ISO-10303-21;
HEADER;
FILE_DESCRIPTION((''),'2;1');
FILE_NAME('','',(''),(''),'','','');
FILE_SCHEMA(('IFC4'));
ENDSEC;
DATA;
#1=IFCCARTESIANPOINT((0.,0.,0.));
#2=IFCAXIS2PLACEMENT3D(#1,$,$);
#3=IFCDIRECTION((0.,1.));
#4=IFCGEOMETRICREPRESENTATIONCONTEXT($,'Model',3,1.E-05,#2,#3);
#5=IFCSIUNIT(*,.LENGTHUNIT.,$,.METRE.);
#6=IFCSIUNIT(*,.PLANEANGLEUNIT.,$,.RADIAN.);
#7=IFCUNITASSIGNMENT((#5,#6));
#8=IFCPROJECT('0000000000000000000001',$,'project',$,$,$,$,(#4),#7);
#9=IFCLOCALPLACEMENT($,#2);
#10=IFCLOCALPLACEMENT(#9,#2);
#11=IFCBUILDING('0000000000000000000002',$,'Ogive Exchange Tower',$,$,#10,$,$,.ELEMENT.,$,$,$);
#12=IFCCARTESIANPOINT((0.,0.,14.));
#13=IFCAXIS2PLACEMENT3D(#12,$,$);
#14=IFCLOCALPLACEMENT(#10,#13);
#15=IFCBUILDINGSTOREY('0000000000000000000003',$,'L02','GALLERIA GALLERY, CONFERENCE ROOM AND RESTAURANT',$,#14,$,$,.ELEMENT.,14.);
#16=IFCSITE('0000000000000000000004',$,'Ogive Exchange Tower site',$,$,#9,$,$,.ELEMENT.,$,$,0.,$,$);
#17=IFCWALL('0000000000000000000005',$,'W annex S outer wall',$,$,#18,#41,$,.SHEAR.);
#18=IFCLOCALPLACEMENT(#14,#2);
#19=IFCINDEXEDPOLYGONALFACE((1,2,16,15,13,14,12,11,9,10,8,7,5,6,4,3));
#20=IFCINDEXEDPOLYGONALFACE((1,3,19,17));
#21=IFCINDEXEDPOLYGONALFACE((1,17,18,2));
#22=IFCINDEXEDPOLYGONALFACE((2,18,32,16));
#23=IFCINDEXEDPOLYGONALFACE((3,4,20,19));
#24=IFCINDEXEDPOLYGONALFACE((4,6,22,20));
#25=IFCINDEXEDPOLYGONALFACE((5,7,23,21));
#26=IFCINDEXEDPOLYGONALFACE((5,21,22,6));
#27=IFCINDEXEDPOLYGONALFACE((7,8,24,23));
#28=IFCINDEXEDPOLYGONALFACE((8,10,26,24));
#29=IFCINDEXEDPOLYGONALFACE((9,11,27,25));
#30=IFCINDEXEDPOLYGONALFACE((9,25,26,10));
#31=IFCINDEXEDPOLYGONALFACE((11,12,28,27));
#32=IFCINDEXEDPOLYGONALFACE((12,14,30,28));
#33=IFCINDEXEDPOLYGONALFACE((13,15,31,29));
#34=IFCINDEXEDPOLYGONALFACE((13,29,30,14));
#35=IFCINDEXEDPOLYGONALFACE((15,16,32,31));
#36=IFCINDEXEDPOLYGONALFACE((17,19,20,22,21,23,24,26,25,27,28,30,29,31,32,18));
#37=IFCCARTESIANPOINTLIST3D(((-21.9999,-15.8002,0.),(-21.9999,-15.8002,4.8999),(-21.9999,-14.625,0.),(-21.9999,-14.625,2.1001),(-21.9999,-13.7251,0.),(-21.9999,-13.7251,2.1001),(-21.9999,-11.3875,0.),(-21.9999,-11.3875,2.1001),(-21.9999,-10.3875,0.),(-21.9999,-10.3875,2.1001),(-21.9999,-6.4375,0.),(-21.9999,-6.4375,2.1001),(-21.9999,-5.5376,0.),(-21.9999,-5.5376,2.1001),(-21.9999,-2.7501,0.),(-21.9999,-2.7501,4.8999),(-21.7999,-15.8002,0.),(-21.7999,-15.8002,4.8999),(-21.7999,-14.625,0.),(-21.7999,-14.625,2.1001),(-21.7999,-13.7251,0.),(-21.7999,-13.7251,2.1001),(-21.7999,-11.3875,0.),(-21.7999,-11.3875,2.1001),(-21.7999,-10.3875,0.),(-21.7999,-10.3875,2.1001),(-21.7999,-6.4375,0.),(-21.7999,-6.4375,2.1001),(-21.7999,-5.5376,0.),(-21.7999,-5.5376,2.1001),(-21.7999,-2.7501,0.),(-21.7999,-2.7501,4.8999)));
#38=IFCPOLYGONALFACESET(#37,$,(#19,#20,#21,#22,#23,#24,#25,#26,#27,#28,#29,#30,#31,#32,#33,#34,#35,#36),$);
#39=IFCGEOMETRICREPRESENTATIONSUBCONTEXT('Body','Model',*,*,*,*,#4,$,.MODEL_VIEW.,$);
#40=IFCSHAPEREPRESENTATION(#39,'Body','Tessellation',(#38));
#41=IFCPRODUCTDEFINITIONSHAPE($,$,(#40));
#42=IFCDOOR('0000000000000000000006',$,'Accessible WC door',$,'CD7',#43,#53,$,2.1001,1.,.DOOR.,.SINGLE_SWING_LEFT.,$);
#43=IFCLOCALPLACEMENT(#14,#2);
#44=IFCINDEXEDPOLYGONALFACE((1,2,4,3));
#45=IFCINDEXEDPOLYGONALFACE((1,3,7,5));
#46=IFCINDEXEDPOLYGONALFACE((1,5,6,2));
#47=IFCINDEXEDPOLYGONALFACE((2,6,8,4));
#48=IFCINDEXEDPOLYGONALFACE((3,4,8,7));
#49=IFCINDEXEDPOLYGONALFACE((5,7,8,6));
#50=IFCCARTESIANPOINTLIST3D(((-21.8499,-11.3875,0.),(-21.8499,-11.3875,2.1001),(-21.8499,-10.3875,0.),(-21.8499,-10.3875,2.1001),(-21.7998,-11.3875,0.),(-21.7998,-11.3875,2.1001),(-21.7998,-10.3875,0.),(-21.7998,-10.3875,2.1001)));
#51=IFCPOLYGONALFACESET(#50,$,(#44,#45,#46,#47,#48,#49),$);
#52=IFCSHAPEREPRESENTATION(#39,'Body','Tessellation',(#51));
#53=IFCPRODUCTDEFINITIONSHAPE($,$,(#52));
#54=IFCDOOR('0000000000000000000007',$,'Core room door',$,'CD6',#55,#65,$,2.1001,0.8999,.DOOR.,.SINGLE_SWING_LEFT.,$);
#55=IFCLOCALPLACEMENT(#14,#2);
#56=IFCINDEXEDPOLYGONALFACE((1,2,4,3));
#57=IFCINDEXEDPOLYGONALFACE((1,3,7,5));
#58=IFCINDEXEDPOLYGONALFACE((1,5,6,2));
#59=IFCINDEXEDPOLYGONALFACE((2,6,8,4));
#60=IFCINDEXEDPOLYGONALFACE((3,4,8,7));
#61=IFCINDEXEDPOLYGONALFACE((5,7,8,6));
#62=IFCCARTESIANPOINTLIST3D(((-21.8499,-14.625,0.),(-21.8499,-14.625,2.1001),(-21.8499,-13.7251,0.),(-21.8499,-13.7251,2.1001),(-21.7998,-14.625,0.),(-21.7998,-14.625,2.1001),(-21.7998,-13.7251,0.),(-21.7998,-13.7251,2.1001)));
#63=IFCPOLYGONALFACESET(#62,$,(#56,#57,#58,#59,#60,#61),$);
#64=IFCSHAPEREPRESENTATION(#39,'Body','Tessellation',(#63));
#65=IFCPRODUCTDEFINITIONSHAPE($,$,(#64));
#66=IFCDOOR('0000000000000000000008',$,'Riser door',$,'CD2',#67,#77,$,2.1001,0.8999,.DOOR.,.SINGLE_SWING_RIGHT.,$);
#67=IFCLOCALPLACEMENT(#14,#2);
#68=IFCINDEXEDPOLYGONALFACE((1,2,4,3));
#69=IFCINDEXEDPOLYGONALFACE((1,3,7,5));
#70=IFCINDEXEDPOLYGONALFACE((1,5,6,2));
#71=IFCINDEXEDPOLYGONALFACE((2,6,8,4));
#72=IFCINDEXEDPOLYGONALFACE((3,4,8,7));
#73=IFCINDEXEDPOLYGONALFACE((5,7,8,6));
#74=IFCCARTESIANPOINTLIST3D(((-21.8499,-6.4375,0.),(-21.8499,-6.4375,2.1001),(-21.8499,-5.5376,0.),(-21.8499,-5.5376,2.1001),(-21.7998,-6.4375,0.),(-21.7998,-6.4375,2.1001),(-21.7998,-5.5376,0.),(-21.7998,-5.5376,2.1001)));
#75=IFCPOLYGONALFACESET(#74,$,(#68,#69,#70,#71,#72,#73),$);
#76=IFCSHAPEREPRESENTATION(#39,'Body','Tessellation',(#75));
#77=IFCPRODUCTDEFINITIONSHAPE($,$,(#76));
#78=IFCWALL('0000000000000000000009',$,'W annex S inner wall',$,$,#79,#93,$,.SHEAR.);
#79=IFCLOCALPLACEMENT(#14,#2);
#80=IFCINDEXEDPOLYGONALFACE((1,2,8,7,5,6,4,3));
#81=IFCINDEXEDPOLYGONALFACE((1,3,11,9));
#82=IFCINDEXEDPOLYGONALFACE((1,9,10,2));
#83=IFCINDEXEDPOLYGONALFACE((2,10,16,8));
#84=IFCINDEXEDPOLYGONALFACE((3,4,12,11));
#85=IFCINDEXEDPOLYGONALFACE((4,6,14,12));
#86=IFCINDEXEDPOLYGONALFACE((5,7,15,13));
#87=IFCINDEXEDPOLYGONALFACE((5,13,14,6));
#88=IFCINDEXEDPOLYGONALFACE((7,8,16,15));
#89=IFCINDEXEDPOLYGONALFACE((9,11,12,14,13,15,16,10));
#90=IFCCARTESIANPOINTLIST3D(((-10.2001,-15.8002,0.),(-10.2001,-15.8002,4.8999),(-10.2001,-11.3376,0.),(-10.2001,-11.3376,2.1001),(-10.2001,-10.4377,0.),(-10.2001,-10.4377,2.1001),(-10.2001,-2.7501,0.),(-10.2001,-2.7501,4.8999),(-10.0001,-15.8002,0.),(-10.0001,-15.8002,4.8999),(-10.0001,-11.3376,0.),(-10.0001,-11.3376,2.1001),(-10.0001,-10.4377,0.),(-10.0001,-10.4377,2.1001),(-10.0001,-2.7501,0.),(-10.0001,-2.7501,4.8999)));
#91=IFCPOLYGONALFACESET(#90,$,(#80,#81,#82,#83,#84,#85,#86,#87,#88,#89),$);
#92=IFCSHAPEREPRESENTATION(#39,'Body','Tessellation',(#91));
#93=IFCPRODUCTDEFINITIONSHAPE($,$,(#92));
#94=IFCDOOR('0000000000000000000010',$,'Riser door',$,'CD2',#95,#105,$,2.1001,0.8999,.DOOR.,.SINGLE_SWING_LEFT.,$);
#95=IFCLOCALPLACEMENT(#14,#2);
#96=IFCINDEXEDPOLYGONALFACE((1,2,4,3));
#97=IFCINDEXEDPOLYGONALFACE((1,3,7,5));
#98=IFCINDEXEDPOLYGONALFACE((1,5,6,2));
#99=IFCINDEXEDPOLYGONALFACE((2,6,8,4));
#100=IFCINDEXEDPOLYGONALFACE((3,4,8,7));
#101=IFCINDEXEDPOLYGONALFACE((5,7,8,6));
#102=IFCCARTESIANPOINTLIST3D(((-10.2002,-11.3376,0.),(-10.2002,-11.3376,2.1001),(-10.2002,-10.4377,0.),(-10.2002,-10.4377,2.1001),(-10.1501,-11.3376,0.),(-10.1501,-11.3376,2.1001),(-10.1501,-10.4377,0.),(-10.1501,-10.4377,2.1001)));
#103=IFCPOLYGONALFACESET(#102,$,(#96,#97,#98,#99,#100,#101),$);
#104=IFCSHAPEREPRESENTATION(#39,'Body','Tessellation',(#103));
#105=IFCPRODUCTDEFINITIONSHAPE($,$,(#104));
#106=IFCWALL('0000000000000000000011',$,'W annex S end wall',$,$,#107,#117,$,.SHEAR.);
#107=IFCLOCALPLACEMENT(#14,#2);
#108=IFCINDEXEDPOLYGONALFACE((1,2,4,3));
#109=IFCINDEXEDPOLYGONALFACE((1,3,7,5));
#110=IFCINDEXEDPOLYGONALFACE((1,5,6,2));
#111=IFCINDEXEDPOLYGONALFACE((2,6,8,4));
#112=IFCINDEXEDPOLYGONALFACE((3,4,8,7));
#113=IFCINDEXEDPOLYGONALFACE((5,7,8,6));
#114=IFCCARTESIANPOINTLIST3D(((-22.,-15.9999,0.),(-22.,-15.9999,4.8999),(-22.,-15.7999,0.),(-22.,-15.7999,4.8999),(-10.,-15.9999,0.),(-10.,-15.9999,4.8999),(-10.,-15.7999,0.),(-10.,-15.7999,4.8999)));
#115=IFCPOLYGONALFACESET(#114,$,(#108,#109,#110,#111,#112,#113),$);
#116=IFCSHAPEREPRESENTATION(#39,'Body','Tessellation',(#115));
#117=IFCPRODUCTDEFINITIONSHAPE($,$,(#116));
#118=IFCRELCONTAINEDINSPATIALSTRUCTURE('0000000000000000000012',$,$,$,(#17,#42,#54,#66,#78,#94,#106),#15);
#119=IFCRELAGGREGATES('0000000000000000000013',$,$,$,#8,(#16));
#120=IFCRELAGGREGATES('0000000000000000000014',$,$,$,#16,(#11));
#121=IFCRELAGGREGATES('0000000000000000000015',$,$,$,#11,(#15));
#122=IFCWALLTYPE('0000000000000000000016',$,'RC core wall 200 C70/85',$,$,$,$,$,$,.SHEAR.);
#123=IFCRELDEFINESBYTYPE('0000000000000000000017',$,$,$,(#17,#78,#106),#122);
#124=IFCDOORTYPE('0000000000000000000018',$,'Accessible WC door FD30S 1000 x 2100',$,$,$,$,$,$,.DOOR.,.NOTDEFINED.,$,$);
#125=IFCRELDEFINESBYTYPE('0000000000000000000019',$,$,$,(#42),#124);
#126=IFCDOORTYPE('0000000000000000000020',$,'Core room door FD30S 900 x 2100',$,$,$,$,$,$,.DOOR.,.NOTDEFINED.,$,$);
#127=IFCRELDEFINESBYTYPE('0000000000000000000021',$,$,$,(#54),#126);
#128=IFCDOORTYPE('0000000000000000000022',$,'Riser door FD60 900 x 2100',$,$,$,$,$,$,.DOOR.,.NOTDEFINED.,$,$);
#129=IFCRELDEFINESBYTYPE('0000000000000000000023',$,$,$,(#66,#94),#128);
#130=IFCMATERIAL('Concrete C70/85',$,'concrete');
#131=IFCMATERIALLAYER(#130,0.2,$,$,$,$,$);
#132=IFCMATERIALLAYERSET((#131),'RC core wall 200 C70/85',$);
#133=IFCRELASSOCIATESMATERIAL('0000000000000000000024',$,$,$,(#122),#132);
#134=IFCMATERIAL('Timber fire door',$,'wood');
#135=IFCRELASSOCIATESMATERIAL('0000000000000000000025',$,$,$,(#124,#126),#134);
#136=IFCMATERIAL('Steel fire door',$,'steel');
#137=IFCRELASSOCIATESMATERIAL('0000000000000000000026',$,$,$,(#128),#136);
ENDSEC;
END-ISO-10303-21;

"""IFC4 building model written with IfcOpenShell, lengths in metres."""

from ifc_helpers import new_model, si_unit, direction, frame, frame_2d, origin, place, context, subcontext, project, spatial, rectangle, extrude, material, layer, layer_set, type_object, element, fill, save


model = new_model("IFC4")

# Units and contexts
model_context = context("Model", 3, precision=1e-05, world=origin(), true_north=direction((0.0, 1.0)))
body_context = subcontext(model_context, "Body", "Model", "MODEL_VIEW")
ifc_project = project(units=[si_unit("LENGTHUNIT", "METRE"), si_unit("PLANEANGLEUNIT", "RADIAN")], contexts=[model_context])

# Site, building, storey
site_placement = place(None, origin())
site = spatial("IfcSite", under=ifc_project, at=site_placement, Name="Ogive Exchange Tower site", CompositionType="ELEMENT", RefElevation=0.0)
building_placement = place(site_placement, origin())
building = spatial("IfcBuilding", under=site, at=building_placement, Name="Ogive Exchange Tower", CompositionType="ELEMENT")
storey_placement = place(building_placement, frame((0.0, 0.0, 14.0)))
storey = spatial("IfcBuildingStorey", under=building, at=storey_placement, Name="L02", Description="GALLERIA GALLERY, CONFERENCE ROOM AND RESTAURANT", CompositionType="ELEMENT", Elevation=14.0)

# Wall, openings, doors
ifc_material_1 = material(Name="Concrete C70/85", Category="concrete")
ifc_layer_1 = layer(ifc_material_1, 0.2)
ifc_layer_set_1 = layer_set([ifc_layer_1], Name="RC core wall 200 C70/85")
wall_type_1 = type_object("IfcWallType", Name="RC core wall 200 C70/85", PredefinedType="SHEAR", material=ifc_layer_set_1)
wall_1_placement = place(storey_placement, frame((-21.8999, -15.8, 0.0), z_axis=(0.0, 0.0, 1.0), x_axis=(0.0, 1.0, 0.0)))
wall_1 = element("IfcWall", 1, at=wall_1_placement, inside=storey, type_object=wall_type_1, Name="W annex S outer wall", PredefinedType="SHEAR", context=body_context, shape_type="SweptSolid", body=[
    extrude(rectangle(XDim=13.05, YDim=0.2, at=frame_2d((6.5249, 0.0))), origin(), (0.0, 0.0, 1.0), 4.8999),
])
opening_1_placement = place(wall_1_placement, frame((1.175, 0.0, 0.0)))
opening_1 = element("IfcOpeningElement", 2, at=opening_1_placement, cuts=wall_1, PredefinedType="OPENING", context=body_context, shape_type="SweptSolid", body=[
    extrude(rectangle(XDim=0.8999, YDim=2.1001, at=frame_2d((0.45, 1.05))), frame((0.0, 0.1099, 0.0), z_axis=(0.0, -1.0, 0.0), x_axis=(1.0, 0.0, 0.0)), (0.0, 0.0, 1.0), 0.22),
])
opening_2_placement = place(wall_1_placement, frame((4.4126, 0.0, 0.0)))
opening_2 = element("IfcOpeningElement", 3, at=opening_2_placement, cuts=wall_1, PredefinedType="OPENING", context=body_context, shape_type="SweptSolid", body=[
    extrude(rectangle(XDim=1.0, YDim=2.1001, at=frame_2d((0.5, 1.05))), frame((0.0, 0.1099, 0.0), z_axis=(0.0, -1.0, 0.0), x_axis=(1.0, 0.0, 0.0)), (0.0, 0.0, 1.0), 0.22),
])
opening_3_placement = place(wall_1_placement, frame((9.3625, 0.0, 0.0)))
opening_3 = element("IfcOpeningElement", 4, at=opening_3_placement, cuts=wall_1, PredefinedType="OPENING", context=body_context, shape_type="SweptSolid", body=[
    extrude(rectangle(XDim=0.8999, YDim=2.1001, at=frame_2d((0.45, 1.05))), frame((0.0, 0.1099, 0.0), z_axis=(0.0, -1.0, 0.0), x_axis=(1.0, 0.0, 0.0)), (0.0, 0.0, 1.0), 0.22),
])
ifc_material_2 = material(Name="Timber fire door", Category="wood")
door_type_1 = type_object("IfcDoorType", Name="Accessible WC door FD30S 1000 x 2100", OperationType="NOTDEFINED", PredefinedType="DOOR", material=ifc_material_2)
door_1_placement = place(opening_2_placement, frame((1.0, -0.1499, 0.0), z_axis=(0.0, 0.0, 1.0), x_axis=(-1.0, 0.0, 0.0)))
door_1 = element("IfcDoor", 5, at=door_1_placement, inside=storey, type_object=door_type_1, Name="Accessible WC door", ObjectType="CD7", OperationType="SINGLE_SWING_LEFT", OverallHeight=2.1001, OverallWidth=1.0, PredefinedType="DOOR", context=body_context, shape_type="SweptSolid", body=[
    extrude(rectangle(XDim=1.0, YDim=2.1001, at=frame_2d((0.5, 1.05))), frame((0.0, -0.0498, 0.0), z_axis=(0.0, -1.0, 0.0), x_axis=(1.0, 0.0, 0.0)), (0.0, 0.0, 1.0), 0.05),
])
fill(opening_2, door_1)
door_type_2 = type_object("IfcDoorType", Name="Core room door FD30S 900 x 2100", OperationType="NOTDEFINED", PredefinedType="DOOR", material=ifc_material_2)
door_2_placement = place(opening_1_placement, frame((0.8999, -0.1499, 0.0), z_axis=(0.0, 0.0, 1.0), x_axis=(-1.0, 0.0, 0.0)))
door_2 = element("IfcDoor", 6, at=door_2_placement, inside=storey, type_object=door_type_2, Name="Core room door", ObjectType="CD6", OperationType="SINGLE_SWING_LEFT", OverallHeight=2.1001, OverallWidth=0.8999, PredefinedType="DOOR", context=body_context, shape_type="SweptSolid", body=[
    extrude(rectangle(XDim=0.8999, YDim=2.1001, at=frame_2d((0.45, 1.05))), frame((0.0, -0.0498, 0.0), z_axis=(0.0, -1.0, 0.0), x_axis=(1.0, 0.0, 0.0)), (0.0, 0.0, 1.0), 0.05),
])
fill(opening_1, door_2)
ifc_material_3 = material(Name="Steel fire door", Category="steel")
door_type_3 = type_object("IfcDoorType", Name="Riser door FD60 900 x 2100", OperationType="NOTDEFINED", PredefinedType="DOOR", material=ifc_material_3)
door_3_placement = place(opening_3_placement, frame((0.8999, -0.1499, 0.0), z_axis=(0.0, 0.0, 1.0), x_axis=(-1.0, 0.0, 0.0)))
door_3 = element("IfcDoor", 7, at=door_3_placement, inside=storey, type_object=door_type_3, Name="Riser door", ObjectType="CD2", OperationType="SINGLE_SWING_RIGHT", OverallHeight=2.1001, OverallWidth=0.8999, PredefinedType="DOOR", context=body_context, shape_type="SweptSolid", body=[
    extrude(rectangle(XDim=0.8999, YDim=2.1001, at=frame_2d((0.45, 1.05))), frame((0.0, -0.0498, 0.0), z_axis=(0.0, -1.0, 0.0), x_axis=(1.0, 0.0, 0.0)), (0.0, 0.0, 1.0), 0.05),
])
fill(opening_3, door_3)

# Wall, opening, door
wall_2_placement = place(storey_placement, frame((-10.1001, -15.8, 0.0), z_axis=(0.0, 0.0, 1.0), x_axis=(0.0, 1.0, 0.0)))
wall_2 = element("IfcWall", 8, at=wall_2_placement, inside=storey, type_object=wall_type_1, Name="W annex S inner wall", PredefinedType="SHEAR", context=body_context, shape_type="SweptSolid", body=[
    extrude(rectangle(XDim=13.05, YDim=0.2, at=frame_2d((6.5249, 0.0))), origin(), (0.0, 0.0, 1.0), 4.8999),
])
opening_4_placement = place(wall_2_placement, frame((4.4624, 0.0, 0.0)))
opening_4 = element("IfcOpeningElement", 9, at=opening_4_placement, cuts=wall_2, PredefinedType="OPENING", context=body_context, shape_type="SweptSolid", body=[
    extrude(rectangle(XDim=0.8999, YDim=2.1001, at=frame_2d((0.45, 1.05))), frame((0.0, 0.1099, 0.0), z_axis=(0.0, -1.0, 0.0), x_axis=(1.0, 0.0, 0.0)), (0.0, 0.0, 1.0), 0.22),
])
door_4_placement = place(opening_4_placement, origin())
door_4 = element("IfcDoor", 10, at=door_4_placement, inside=storey, type_object=door_type_3, Name="Riser door", ObjectType="CD2", OperationType="SINGLE_SWING_LEFT", OverallHeight=2.1001, OverallWidth=0.8999, PredefinedType="DOOR", context=body_context, shape_type="SweptSolid", body=[
    extrude(rectangle(XDim=0.8999, YDim=2.1001, at=frame_2d((0.45, 1.05))), frame((0.0, 0.1001, 0.0), z_axis=(0.0, -1.0, 0.0), x_axis=(1.0, 0.0, 0.0)), (0.0, 0.0, 1.0), 0.05),
])
fill(opening_4, door_4)

# Wall
wall_3_placement = place(storey_placement, frame((-22.0, -15.8999, 0.0), z_axis=(0.0, 0.0, 1.0), x_axis=(1.0, 0.0, 0.0)))
element("IfcWall", 11, at=wall_3_placement, inside=storey, type_object=wall_type_1, Name="W annex S end wall", PredefinedType="SHEAR", context=body_context, shape_type="SweptSolid", body=[
    extrude(rectangle(XDim=12.0, YDim=0.2, at=frame_2d((6.0, 0.0))), origin(), (0.0, 0.0, 1.0), 4.8999),
])

save(model, "model.ifc")
